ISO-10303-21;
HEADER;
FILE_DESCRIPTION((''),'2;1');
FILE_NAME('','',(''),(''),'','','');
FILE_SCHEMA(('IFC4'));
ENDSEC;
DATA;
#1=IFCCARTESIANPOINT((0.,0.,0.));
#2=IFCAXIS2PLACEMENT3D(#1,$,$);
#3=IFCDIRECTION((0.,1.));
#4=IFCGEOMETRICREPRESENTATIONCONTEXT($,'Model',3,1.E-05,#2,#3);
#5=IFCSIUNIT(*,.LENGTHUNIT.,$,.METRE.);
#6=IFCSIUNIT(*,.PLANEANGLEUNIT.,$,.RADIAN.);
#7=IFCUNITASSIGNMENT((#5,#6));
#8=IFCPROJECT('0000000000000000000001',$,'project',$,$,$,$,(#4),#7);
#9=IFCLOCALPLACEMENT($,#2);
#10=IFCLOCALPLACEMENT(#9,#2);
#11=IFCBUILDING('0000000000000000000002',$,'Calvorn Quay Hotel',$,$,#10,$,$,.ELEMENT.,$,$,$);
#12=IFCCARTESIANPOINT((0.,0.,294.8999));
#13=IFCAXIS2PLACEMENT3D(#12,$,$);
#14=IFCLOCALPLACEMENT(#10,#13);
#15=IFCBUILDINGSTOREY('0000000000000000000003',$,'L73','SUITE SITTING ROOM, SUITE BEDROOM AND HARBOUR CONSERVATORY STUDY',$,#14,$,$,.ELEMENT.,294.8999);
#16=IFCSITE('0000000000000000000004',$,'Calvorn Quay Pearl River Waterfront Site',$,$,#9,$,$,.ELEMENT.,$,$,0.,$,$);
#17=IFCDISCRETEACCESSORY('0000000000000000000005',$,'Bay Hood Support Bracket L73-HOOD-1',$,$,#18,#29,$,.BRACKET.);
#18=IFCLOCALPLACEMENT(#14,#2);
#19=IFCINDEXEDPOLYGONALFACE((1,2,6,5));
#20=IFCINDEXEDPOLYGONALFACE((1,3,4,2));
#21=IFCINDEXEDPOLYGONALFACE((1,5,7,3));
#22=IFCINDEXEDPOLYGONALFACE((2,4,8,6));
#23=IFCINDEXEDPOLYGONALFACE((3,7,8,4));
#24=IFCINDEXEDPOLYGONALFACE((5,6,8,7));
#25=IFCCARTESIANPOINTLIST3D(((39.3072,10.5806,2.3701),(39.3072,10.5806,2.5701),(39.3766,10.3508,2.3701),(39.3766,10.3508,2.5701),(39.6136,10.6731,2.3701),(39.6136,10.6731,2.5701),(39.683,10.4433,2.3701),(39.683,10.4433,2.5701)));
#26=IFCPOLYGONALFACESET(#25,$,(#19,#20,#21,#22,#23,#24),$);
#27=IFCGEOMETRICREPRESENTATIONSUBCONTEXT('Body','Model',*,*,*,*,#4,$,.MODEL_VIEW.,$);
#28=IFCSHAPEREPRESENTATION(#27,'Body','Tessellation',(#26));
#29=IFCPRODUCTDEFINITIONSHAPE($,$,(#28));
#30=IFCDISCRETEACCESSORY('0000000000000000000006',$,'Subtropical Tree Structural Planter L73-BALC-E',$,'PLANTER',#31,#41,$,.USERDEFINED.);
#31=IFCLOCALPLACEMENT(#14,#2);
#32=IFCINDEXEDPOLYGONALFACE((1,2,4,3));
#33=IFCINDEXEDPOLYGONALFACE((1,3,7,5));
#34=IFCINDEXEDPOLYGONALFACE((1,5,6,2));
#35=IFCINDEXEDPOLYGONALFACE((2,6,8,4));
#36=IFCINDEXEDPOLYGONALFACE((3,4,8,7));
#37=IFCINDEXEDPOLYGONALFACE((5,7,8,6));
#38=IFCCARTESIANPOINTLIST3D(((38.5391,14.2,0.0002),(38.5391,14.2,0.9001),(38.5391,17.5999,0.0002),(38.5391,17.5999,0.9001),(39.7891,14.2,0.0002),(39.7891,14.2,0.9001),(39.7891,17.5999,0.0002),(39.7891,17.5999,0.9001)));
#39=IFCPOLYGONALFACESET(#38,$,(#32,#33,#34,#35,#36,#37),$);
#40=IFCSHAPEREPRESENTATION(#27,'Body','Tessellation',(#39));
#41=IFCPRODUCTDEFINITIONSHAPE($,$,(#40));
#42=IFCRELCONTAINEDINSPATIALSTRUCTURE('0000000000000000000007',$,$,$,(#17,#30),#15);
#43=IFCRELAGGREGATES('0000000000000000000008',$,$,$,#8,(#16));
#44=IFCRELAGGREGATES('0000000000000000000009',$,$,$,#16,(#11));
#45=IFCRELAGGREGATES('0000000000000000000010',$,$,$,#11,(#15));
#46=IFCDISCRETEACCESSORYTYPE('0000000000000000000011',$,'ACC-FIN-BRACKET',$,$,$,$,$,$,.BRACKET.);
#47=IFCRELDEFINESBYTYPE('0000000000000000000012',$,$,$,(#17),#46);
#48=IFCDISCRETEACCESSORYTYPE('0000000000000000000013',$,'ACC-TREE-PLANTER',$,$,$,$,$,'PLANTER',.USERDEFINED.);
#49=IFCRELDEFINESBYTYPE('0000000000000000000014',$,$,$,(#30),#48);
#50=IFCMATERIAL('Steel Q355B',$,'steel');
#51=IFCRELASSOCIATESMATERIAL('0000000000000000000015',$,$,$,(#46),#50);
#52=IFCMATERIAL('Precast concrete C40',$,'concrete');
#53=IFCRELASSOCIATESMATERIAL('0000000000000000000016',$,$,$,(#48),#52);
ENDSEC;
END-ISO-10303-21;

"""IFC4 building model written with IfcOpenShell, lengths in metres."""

from ifc_helpers import new_model, si_unit, direction, frame, origin, origin_2d, place, context, subcontext, project, spatial, rectangle, extrude, material, type_object, element, save


model = new_model("IFC4")

# Units and contexts
model_context = context("Model", 3, precision=1e-05, world=origin(), true_north=direction((0.0, 1.0)))
body_context = subcontext(model_context, "Body", "Model", "MODEL_VIEW")
ifc_project = project(units=[si_unit("LENGTHUNIT", "METRE"), si_unit("PLANEANGLEUNIT", "RADIAN")], contexts=[model_context])

# Site, building, storey
site_placement = place(None, origin())
site = spatial("IfcSite", under=ifc_project, at=site_placement, Name="Calvorn Quay Pearl River Waterfront Site", CompositionType="ELEMENT", RefElevation=0.0)
building_placement = place(site_placement, origin())
building = spatial("IfcBuilding", under=site, at=building_placement, Name="Calvorn Quay Hotel", CompositionType="ELEMENT")
storey_placement = place(building_placement, frame((0.0, 0.0, 294.8999)))
storey = spatial("IfcBuildingStorey", under=building, at=storey_placement, Name="L73", Description="SUITE SITTING ROOM, SUITE BEDROOM AND HARBOUR CONSERVATORY STUDY", CompositionType="ELEMENT", Elevation=294.8999)

# Discrete accessories
ifc_material_1 = material(Name="Steel Q355B", Category="steel")
discrete_accessory_type_1 = type_object("IfcDiscreteAccessoryType", Name="ACC-FIN-BRACKET", PredefinedType="BRACKET", material=ifc_material_1)
discrete_accessory_1_placement = place(storey_placement, frame((39.4951, 10.512, 2.3701), z_axis=(0.0, 0.0, 1.0), x_axis=(0.957319, 0.289032, 0.0)))
element("IfcDiscreteAccessory", 1, at=discrete_accessory_1_placement, inside=storey, type_object=discrete_accessory_type_1, Name="Bay Hood Support Bracket L73-HOOD-1", PredefinedType="BRACKET", context=body_context, shape_type="SweptSolid", body=[
    extrude(rectangle(XDim=0.3201, YDim=0.24, at=origin_2d()), origin(), (0.0, 0.0, 1.0), 0.2),
])
ifc_material_2 = material(Name="Precast concrete C40", Category="concrete")
discrete_accessory_type_2 = type_object("IfcDiscreteAccessoryType", Name="ACC-TREE-PLANTER", ElementType="PLANTER", PredefinedType="USERDEFINED", material=ifc_material_2)
discrete_accessory_2_placement = place(storey_placement, frame((39.1641, 15.8999, 0.0002), z_axis=(0.0, 0.0, 1.0), x_axis=(1.0, 0.0, 0.0)))
element("IfcDiscreteAccessory", 2, at=discrete_accessory_2_placement, inside=storey, type_object=discrete_accessory_type_2, Name="Subtropical Tree Structural Planter L73-BALC-E", ObjectType="PLANTER", PredefinedType="USERDEFINED", context=body_context, shape_type="SweptSolid", body=[
    extrude(rectangle(XDim=1.25, YDim=3.3999, at=origin_2d()), origin(), (0.0, 0.0, 1.0), 0.8999),
])

save(model, "model.ifc")
